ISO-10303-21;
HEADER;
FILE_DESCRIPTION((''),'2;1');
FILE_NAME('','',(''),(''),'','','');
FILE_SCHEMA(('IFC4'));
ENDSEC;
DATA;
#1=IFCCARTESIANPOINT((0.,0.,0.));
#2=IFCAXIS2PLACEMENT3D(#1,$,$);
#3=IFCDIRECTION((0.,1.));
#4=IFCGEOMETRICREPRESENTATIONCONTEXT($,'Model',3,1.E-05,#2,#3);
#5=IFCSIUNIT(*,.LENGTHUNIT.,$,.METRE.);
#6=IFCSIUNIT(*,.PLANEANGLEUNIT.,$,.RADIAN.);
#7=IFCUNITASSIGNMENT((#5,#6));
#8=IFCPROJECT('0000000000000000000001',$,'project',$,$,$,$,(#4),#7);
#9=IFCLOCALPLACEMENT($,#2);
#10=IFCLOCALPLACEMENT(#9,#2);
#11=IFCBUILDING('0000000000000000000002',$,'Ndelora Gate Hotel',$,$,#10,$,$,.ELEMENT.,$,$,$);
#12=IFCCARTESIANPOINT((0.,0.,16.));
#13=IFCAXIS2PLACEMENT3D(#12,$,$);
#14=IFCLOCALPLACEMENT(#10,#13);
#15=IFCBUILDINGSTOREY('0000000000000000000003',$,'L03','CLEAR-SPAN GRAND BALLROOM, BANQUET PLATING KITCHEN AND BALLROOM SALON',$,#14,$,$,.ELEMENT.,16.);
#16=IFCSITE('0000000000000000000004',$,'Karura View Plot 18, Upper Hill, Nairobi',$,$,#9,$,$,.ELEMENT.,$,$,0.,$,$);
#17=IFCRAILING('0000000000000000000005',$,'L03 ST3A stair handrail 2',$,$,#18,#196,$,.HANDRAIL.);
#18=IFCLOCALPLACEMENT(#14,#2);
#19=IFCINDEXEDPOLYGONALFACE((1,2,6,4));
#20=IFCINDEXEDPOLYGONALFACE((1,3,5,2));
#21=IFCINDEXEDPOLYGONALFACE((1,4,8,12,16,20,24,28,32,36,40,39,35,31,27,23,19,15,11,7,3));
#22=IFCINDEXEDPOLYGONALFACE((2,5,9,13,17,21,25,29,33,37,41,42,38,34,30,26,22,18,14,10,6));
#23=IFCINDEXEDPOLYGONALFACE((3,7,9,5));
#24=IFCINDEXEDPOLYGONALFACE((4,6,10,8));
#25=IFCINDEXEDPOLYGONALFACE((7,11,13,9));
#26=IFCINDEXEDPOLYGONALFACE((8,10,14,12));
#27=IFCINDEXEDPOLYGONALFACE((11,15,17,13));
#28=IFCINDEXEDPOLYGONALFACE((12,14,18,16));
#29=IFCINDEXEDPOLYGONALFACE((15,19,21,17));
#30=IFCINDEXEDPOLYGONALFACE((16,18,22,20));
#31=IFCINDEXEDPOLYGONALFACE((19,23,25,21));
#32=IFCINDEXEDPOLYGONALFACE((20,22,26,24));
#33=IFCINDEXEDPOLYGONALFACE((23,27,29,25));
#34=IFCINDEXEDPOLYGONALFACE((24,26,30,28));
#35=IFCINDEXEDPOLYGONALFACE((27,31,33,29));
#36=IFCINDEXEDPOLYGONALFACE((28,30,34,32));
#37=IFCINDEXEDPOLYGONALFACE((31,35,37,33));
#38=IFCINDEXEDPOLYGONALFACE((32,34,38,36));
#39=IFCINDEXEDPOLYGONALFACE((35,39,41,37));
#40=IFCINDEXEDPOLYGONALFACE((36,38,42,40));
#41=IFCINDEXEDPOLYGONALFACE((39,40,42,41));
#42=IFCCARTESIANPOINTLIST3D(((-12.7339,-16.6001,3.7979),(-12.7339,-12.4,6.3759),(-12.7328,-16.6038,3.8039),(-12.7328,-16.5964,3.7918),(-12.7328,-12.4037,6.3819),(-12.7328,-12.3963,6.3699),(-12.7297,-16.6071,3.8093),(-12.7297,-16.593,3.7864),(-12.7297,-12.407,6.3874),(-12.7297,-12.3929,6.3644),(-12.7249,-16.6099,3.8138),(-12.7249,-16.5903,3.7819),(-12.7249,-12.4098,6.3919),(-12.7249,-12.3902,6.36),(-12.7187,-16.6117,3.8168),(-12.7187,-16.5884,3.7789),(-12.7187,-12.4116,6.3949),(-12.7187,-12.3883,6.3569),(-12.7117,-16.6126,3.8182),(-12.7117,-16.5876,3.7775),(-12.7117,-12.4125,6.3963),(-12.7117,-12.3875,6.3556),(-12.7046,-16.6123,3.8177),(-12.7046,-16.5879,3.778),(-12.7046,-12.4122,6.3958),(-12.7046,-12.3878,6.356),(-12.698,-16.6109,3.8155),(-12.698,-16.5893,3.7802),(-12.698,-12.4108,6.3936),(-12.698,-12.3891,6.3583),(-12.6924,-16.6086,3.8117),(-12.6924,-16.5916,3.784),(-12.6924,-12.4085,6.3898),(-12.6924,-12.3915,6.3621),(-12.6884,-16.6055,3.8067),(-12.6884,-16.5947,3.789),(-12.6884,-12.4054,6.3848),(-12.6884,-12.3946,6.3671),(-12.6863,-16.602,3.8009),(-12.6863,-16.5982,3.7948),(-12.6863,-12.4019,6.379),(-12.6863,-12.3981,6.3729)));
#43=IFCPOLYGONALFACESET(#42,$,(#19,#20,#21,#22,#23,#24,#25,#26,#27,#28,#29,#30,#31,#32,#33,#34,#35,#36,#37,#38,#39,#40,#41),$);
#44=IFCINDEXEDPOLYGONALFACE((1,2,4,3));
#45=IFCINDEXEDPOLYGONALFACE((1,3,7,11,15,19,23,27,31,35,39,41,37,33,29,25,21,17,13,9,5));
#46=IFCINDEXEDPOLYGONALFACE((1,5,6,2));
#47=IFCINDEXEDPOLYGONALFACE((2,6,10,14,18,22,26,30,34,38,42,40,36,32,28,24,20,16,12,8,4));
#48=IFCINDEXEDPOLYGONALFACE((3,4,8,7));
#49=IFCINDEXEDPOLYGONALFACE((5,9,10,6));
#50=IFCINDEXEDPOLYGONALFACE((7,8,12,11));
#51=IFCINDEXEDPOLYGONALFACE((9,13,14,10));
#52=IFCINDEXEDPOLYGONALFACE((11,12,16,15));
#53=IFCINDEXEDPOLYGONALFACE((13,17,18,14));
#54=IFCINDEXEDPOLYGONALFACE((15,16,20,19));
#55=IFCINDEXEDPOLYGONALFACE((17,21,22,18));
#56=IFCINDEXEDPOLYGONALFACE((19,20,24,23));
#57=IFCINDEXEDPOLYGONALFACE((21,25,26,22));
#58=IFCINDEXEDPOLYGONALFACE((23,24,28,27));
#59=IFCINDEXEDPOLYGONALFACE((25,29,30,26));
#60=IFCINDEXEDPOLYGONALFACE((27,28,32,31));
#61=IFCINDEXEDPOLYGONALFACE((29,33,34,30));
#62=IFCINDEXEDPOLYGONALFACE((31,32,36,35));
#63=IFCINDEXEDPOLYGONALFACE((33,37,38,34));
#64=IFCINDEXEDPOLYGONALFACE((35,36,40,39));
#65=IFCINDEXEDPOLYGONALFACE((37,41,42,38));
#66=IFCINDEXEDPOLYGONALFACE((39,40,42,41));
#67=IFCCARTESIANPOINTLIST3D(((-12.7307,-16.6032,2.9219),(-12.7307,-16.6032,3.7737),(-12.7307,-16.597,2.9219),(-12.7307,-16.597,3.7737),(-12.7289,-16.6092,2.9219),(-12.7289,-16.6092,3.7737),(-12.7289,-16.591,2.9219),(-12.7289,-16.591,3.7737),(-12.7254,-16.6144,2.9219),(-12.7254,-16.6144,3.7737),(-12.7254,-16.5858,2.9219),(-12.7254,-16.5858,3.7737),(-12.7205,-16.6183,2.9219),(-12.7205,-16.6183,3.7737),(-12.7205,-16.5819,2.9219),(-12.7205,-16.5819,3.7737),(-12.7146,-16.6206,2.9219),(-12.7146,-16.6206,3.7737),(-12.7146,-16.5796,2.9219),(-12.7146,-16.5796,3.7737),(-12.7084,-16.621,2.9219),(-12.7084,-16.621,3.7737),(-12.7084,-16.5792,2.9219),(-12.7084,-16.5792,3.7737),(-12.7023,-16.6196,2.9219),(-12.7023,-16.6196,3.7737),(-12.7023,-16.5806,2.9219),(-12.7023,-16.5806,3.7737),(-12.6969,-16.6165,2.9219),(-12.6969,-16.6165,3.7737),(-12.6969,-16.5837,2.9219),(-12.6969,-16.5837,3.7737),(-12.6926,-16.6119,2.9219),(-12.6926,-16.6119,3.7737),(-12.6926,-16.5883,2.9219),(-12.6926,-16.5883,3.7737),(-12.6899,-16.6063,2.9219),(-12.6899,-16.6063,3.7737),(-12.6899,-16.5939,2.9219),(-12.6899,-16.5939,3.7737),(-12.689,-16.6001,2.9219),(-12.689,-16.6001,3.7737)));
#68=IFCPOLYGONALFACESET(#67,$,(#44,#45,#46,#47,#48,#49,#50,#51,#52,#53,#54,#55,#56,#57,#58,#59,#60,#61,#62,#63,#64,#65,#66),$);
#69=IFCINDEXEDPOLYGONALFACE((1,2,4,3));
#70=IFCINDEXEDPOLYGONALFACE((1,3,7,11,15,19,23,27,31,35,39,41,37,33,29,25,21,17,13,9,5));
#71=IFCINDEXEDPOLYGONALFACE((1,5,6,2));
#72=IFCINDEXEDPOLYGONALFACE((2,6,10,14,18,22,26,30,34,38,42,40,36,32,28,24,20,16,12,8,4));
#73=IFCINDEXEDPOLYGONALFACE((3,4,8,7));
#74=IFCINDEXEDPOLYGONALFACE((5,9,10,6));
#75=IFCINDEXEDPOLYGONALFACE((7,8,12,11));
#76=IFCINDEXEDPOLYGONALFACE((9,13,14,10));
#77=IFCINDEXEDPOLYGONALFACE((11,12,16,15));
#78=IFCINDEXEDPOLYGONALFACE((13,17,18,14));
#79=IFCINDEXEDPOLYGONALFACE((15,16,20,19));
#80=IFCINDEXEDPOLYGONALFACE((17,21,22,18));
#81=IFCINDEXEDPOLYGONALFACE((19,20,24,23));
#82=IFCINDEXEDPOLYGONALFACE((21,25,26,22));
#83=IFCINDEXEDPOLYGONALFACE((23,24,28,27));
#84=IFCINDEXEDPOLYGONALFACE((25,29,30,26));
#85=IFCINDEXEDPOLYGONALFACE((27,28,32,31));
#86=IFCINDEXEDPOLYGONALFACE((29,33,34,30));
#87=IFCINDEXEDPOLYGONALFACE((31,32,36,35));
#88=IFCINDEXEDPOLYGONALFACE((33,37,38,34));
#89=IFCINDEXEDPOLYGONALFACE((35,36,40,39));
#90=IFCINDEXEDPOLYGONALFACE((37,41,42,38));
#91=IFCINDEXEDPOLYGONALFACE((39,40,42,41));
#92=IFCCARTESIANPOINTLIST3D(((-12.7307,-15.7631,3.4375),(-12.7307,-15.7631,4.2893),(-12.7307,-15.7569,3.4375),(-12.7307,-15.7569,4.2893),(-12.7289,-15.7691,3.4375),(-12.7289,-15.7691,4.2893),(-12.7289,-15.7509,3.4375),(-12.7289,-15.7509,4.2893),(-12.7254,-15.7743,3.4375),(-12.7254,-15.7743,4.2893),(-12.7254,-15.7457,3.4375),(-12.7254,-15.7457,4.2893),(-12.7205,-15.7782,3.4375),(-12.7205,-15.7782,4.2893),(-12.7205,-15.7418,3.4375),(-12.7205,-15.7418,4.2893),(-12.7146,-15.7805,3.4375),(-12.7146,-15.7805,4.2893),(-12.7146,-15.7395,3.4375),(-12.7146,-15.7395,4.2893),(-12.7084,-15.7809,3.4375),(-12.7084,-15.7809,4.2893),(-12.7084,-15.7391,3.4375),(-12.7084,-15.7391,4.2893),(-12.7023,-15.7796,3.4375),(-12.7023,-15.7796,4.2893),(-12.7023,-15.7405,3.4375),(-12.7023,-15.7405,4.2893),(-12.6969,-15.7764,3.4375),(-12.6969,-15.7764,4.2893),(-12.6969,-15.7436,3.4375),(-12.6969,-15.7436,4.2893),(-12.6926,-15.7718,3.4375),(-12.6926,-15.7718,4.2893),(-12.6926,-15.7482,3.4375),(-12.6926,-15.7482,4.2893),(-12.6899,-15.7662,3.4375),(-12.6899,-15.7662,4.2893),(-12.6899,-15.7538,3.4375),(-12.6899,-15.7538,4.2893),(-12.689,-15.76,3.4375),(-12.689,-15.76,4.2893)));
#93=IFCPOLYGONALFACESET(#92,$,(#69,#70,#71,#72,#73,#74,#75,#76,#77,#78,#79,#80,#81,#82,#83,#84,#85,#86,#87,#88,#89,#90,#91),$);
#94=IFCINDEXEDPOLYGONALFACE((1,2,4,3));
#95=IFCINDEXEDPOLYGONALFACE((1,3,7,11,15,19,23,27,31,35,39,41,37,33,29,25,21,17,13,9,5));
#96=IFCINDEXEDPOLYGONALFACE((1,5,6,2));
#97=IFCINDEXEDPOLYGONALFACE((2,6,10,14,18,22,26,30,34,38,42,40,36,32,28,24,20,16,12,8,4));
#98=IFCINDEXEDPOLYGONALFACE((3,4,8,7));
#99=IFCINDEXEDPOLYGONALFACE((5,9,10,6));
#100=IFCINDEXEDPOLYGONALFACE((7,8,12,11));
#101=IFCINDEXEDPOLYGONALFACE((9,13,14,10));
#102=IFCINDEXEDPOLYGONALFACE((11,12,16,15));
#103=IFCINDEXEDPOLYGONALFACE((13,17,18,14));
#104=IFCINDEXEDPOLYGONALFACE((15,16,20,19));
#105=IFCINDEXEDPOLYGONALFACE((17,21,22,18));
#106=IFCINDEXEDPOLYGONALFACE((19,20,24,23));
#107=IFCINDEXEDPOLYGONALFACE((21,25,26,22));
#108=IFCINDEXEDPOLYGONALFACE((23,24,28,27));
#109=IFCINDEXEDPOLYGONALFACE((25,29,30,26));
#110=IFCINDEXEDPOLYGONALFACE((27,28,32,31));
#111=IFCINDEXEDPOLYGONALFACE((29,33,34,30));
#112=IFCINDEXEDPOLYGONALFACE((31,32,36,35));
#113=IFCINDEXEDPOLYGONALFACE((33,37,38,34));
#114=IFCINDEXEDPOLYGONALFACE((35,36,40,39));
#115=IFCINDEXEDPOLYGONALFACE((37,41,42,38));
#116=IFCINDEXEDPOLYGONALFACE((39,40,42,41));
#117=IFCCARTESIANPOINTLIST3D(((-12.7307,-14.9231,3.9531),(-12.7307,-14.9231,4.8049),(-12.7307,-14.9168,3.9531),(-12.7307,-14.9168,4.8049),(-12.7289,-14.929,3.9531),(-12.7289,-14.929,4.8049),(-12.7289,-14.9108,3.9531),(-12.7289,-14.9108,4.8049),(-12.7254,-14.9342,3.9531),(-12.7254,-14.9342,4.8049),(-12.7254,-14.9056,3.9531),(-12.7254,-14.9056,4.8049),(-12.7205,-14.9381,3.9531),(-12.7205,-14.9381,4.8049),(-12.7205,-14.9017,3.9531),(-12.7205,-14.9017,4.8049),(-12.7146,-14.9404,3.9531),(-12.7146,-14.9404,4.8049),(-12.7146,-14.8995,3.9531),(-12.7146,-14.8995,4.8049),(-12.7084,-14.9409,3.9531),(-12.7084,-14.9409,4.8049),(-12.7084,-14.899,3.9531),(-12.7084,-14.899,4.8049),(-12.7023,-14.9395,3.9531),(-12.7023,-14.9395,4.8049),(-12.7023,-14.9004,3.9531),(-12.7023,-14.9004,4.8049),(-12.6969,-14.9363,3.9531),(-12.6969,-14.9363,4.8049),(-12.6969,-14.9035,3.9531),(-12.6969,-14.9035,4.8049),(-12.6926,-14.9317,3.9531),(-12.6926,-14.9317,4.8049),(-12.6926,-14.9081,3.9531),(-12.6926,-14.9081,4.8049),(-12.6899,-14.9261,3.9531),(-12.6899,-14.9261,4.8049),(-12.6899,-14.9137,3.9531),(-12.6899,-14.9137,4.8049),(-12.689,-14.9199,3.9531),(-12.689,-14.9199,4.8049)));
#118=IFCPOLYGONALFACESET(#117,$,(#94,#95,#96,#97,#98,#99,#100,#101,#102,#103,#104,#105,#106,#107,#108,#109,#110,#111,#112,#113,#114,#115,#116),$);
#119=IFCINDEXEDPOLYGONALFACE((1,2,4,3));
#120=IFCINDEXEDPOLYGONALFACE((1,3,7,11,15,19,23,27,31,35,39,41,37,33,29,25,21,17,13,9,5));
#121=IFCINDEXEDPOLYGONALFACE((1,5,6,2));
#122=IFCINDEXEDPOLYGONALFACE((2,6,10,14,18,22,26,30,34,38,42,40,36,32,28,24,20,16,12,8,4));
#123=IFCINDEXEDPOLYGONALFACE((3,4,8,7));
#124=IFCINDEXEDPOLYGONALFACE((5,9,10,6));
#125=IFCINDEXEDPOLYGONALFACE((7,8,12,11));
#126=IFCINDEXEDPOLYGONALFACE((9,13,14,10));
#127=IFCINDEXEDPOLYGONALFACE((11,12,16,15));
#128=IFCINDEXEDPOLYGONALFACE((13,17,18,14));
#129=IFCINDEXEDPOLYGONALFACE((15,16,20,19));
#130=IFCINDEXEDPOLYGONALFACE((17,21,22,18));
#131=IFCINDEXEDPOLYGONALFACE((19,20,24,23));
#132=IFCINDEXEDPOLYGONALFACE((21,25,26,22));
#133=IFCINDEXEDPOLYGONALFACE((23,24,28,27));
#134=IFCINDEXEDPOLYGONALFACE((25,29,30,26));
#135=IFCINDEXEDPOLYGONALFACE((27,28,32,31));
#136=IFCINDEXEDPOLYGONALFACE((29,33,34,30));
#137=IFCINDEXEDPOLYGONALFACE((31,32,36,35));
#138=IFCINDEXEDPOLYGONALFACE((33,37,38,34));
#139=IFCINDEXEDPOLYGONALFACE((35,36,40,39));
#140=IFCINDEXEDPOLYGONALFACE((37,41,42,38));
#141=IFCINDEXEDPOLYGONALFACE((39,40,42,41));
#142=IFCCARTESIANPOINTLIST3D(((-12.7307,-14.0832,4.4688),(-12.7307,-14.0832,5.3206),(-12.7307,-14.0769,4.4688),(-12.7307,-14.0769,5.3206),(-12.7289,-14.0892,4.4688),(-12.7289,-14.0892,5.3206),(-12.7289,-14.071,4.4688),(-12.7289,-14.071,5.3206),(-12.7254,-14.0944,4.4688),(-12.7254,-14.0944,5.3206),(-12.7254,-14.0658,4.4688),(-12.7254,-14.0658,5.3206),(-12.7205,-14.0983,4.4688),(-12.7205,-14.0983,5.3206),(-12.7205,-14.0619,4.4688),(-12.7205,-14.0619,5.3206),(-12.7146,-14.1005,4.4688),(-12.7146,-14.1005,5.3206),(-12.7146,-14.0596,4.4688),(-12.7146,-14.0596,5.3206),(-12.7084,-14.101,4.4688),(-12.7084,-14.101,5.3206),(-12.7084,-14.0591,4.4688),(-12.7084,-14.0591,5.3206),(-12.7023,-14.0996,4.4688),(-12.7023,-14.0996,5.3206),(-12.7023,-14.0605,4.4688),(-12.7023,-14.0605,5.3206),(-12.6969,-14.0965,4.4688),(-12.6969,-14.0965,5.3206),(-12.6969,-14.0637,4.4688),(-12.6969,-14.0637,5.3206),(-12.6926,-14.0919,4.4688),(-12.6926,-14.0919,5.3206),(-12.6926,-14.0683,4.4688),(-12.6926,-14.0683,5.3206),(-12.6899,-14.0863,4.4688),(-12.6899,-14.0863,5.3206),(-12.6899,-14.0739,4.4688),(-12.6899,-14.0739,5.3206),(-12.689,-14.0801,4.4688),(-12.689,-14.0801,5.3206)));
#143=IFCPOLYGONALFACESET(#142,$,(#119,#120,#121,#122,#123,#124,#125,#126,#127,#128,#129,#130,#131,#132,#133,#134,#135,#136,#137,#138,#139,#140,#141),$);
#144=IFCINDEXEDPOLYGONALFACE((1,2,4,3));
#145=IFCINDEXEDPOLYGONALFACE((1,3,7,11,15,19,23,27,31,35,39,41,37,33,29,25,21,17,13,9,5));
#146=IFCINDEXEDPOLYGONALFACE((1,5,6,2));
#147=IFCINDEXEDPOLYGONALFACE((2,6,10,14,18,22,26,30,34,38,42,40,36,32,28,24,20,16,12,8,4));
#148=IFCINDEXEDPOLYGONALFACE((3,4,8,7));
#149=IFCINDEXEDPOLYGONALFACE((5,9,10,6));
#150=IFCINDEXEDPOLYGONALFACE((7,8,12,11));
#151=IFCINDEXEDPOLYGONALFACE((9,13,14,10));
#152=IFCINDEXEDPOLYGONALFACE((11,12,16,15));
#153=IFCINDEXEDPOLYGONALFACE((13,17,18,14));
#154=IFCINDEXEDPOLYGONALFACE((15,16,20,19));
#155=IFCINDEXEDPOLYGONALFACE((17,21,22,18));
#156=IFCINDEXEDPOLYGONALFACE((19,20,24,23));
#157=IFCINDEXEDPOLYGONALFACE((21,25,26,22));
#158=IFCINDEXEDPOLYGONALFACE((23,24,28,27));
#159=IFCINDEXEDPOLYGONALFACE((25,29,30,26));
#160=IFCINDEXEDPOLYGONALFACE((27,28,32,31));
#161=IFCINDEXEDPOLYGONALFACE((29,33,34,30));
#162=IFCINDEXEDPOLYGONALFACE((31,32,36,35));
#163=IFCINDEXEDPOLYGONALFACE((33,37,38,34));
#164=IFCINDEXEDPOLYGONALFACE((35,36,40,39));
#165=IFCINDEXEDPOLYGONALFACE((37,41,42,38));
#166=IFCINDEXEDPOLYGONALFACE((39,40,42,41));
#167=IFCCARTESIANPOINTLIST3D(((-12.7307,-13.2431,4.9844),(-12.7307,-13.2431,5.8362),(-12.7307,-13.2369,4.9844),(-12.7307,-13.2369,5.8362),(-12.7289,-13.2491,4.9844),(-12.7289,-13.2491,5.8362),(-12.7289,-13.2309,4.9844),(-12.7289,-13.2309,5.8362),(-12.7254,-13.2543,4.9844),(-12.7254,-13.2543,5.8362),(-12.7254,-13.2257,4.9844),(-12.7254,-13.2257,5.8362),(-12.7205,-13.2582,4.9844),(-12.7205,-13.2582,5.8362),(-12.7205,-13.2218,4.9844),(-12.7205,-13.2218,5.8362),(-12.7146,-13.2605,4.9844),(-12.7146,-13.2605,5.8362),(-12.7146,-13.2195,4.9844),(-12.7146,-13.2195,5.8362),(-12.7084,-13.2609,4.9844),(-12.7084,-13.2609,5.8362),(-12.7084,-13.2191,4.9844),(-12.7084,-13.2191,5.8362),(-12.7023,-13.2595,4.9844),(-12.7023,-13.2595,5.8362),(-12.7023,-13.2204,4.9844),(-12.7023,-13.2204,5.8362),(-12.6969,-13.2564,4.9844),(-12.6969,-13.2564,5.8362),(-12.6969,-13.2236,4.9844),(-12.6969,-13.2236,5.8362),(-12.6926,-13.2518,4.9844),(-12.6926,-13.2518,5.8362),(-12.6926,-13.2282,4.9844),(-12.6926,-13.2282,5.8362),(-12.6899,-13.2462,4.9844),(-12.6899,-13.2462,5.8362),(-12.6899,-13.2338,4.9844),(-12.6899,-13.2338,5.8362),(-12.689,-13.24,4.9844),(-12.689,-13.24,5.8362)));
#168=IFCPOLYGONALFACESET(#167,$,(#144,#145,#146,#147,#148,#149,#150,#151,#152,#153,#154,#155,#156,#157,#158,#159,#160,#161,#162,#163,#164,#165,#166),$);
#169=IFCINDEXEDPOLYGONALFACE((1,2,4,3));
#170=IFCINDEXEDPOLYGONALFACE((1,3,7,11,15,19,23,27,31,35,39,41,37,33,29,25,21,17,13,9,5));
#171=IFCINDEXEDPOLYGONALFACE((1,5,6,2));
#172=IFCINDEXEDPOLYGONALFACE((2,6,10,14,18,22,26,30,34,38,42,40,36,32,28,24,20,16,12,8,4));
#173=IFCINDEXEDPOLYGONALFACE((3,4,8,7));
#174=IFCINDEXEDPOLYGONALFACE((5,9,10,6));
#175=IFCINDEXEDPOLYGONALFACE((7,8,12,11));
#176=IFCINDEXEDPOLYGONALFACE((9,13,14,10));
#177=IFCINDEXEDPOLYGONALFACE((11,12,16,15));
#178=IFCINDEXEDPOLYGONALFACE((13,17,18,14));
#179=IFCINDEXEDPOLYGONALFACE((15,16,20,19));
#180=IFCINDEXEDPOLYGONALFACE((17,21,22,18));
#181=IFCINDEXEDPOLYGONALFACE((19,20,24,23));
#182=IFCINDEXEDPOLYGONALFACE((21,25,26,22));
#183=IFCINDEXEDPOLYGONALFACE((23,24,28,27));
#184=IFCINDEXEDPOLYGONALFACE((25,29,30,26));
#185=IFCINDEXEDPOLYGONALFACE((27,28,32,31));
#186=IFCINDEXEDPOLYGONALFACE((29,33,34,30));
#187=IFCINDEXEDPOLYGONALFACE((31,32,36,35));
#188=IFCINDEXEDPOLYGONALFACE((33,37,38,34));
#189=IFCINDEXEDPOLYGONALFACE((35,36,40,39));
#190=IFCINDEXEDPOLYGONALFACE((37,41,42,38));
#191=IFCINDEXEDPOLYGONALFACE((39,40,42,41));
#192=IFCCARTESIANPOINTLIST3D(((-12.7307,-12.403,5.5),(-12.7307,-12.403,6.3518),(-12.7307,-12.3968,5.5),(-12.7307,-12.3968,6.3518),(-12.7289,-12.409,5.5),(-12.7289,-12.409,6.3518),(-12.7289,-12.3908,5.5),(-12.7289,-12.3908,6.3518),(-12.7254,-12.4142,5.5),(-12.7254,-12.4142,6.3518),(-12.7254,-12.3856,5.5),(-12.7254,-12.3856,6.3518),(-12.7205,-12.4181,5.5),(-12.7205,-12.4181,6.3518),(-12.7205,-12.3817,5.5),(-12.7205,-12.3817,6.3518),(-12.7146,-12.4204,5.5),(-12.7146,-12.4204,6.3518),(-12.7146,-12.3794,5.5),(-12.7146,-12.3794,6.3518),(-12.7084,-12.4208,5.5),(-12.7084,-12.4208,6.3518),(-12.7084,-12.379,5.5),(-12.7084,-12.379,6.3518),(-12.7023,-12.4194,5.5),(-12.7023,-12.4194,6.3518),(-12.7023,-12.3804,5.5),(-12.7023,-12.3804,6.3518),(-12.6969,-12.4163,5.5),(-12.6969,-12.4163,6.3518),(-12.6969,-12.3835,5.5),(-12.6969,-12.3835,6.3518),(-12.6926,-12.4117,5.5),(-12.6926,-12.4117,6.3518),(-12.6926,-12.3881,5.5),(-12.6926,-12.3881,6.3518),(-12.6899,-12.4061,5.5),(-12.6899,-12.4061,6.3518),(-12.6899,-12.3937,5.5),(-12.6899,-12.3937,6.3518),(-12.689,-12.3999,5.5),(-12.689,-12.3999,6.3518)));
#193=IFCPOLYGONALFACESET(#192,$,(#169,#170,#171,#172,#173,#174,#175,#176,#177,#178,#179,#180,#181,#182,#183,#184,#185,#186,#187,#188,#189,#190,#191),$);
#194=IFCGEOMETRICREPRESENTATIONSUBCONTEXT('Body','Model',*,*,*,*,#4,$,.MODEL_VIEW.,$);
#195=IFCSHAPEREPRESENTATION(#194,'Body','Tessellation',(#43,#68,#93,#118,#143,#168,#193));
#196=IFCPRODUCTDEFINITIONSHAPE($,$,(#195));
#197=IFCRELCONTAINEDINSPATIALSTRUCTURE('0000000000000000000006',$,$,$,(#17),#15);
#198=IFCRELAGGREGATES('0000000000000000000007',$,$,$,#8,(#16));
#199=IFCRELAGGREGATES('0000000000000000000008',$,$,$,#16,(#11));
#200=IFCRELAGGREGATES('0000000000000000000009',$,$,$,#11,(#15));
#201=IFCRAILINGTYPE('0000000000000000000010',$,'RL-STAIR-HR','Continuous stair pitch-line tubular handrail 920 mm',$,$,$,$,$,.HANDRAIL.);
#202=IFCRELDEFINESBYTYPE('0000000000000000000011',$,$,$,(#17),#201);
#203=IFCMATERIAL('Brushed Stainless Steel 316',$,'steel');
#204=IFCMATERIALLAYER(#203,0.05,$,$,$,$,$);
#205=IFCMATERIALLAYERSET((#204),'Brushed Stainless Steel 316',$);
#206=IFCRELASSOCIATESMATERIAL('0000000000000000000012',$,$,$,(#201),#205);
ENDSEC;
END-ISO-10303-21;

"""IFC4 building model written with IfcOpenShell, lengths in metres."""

from ifc_helpers import new_model, si_unit, direction, frame, origin, origin_2d, place, context, subcontext, project, spatial, circle, extrude, material, layer, layer_set, type_object, element, save


model = new_model("IFC4")

# Units and contexts
model_context = context("Model", 3, precision=1e-05, world=origin(), true_north=direction((0.0, 1.0)))
body_context = subcontext(model_context, "Body", "Model", "MODEL_VIEW")
ifc_project = project(units=[si_unit("LENGTHUNIT", "METRE"), si_unit("PLANEANGLEUNIT", "RADIAN")], contexts=[model_context])

# Site, building, storey
site_placement = place(None, origin())
site = spatial("IfcSite", under=ifc_project, at=site_placement, Name="Karura View Plot 18, Upper Hill, Nairobi", CompositionType="ELEMENT", RefElevation=0.0)
building_placement = place(site_placement, origin())
building = spatial("IfcBuilding", under=site, at=building_placement, Name="Ndelora Gate Hotel", CompositionType="ELEMENT")
storey_placement = place(building_placement, frame((0.0, 0.0, 16.0)))
storey = spatial("IfcBuildingStorey", under=building, at=storey_placement, Name="L03", Description="CLEAR-SPAN GRAND BALLROOM, BANQUET PLATING KITCHEN AND BALLROOM SALON", CompositionType="ELEMENT", Elevation=16.0)

# Railing
ifc_material_1 = material(Name="Brushed Stainless Steel 316", Category="steel")
ifc_layer_1 = layer(ifc_material_1, 0.05)
ifc_layer_set_1 = layer_set([ifc_layer_1], Name="Brushed Stainless Steel 316")
railing_type_1 = type_object("IfcRailingType", Name="RL-STAIR-HR", Description="Continuous stair pitch-line tubular handrail 920 mm", PredefinedType="HANDRAIL", material=ifc_layer_set_1)
railing_1_placement = place(storey_placement, frame((-12.71, -16.6001, 2.9219)))
element("IfcRailing", 1, at=railing_1_placement, inside=storey, type_object=railing_type_1, Name="L03 ST3A stair handrail 2", PredefinedType="HANDRAIL", context=body_context, shape_type="SweptSolid", body=[
    extrude(circle(Radius=0.0239, at=origin_2d()), frame((0.0, 0.0, 0.876), z_axis=(0.0, 0.852256, 0.523124), x_axis=(-1.0, 0.0, 0.0)), (0.0, 0.0, 1.0), 4.9282),
    extrude(circle(Radius=0.021, at=origin_2d()), origin(), (0.0, 0.0, 1.0), 0.8518),
    extrude(circle(Radius=0.021, at=origin_2d()), frame((0.0, 0.8401, 0.5156)), (0.0, 0.0, 1.0), 0.8518),
    extrude(circle(Radius=0.021, at=origin_2d()), frame((0.0, 1.6802, 1.0312)), (0.0, 0.0, 1.0), 0.8518),
    extrude(circle(Radius=0.021, at=origin_2d()), frame((0.0, 2.52, 1.5469)), (0.0, 0.0, 1.0), 0.8518),
    extrude(circle(Radius=0.021, at=origin_2d()), frame((0.0, 3.3601, 2.0625)), (0.0, 0.0, 1.0), 0.8518),
    extrude(circle(Radius=0.021, at=origin_2d()), frame((0.0, 4.2002, 2.5781)), (0.0, 0.0, 1.0), 0.8518),
])

save(model, "model.ifc")
